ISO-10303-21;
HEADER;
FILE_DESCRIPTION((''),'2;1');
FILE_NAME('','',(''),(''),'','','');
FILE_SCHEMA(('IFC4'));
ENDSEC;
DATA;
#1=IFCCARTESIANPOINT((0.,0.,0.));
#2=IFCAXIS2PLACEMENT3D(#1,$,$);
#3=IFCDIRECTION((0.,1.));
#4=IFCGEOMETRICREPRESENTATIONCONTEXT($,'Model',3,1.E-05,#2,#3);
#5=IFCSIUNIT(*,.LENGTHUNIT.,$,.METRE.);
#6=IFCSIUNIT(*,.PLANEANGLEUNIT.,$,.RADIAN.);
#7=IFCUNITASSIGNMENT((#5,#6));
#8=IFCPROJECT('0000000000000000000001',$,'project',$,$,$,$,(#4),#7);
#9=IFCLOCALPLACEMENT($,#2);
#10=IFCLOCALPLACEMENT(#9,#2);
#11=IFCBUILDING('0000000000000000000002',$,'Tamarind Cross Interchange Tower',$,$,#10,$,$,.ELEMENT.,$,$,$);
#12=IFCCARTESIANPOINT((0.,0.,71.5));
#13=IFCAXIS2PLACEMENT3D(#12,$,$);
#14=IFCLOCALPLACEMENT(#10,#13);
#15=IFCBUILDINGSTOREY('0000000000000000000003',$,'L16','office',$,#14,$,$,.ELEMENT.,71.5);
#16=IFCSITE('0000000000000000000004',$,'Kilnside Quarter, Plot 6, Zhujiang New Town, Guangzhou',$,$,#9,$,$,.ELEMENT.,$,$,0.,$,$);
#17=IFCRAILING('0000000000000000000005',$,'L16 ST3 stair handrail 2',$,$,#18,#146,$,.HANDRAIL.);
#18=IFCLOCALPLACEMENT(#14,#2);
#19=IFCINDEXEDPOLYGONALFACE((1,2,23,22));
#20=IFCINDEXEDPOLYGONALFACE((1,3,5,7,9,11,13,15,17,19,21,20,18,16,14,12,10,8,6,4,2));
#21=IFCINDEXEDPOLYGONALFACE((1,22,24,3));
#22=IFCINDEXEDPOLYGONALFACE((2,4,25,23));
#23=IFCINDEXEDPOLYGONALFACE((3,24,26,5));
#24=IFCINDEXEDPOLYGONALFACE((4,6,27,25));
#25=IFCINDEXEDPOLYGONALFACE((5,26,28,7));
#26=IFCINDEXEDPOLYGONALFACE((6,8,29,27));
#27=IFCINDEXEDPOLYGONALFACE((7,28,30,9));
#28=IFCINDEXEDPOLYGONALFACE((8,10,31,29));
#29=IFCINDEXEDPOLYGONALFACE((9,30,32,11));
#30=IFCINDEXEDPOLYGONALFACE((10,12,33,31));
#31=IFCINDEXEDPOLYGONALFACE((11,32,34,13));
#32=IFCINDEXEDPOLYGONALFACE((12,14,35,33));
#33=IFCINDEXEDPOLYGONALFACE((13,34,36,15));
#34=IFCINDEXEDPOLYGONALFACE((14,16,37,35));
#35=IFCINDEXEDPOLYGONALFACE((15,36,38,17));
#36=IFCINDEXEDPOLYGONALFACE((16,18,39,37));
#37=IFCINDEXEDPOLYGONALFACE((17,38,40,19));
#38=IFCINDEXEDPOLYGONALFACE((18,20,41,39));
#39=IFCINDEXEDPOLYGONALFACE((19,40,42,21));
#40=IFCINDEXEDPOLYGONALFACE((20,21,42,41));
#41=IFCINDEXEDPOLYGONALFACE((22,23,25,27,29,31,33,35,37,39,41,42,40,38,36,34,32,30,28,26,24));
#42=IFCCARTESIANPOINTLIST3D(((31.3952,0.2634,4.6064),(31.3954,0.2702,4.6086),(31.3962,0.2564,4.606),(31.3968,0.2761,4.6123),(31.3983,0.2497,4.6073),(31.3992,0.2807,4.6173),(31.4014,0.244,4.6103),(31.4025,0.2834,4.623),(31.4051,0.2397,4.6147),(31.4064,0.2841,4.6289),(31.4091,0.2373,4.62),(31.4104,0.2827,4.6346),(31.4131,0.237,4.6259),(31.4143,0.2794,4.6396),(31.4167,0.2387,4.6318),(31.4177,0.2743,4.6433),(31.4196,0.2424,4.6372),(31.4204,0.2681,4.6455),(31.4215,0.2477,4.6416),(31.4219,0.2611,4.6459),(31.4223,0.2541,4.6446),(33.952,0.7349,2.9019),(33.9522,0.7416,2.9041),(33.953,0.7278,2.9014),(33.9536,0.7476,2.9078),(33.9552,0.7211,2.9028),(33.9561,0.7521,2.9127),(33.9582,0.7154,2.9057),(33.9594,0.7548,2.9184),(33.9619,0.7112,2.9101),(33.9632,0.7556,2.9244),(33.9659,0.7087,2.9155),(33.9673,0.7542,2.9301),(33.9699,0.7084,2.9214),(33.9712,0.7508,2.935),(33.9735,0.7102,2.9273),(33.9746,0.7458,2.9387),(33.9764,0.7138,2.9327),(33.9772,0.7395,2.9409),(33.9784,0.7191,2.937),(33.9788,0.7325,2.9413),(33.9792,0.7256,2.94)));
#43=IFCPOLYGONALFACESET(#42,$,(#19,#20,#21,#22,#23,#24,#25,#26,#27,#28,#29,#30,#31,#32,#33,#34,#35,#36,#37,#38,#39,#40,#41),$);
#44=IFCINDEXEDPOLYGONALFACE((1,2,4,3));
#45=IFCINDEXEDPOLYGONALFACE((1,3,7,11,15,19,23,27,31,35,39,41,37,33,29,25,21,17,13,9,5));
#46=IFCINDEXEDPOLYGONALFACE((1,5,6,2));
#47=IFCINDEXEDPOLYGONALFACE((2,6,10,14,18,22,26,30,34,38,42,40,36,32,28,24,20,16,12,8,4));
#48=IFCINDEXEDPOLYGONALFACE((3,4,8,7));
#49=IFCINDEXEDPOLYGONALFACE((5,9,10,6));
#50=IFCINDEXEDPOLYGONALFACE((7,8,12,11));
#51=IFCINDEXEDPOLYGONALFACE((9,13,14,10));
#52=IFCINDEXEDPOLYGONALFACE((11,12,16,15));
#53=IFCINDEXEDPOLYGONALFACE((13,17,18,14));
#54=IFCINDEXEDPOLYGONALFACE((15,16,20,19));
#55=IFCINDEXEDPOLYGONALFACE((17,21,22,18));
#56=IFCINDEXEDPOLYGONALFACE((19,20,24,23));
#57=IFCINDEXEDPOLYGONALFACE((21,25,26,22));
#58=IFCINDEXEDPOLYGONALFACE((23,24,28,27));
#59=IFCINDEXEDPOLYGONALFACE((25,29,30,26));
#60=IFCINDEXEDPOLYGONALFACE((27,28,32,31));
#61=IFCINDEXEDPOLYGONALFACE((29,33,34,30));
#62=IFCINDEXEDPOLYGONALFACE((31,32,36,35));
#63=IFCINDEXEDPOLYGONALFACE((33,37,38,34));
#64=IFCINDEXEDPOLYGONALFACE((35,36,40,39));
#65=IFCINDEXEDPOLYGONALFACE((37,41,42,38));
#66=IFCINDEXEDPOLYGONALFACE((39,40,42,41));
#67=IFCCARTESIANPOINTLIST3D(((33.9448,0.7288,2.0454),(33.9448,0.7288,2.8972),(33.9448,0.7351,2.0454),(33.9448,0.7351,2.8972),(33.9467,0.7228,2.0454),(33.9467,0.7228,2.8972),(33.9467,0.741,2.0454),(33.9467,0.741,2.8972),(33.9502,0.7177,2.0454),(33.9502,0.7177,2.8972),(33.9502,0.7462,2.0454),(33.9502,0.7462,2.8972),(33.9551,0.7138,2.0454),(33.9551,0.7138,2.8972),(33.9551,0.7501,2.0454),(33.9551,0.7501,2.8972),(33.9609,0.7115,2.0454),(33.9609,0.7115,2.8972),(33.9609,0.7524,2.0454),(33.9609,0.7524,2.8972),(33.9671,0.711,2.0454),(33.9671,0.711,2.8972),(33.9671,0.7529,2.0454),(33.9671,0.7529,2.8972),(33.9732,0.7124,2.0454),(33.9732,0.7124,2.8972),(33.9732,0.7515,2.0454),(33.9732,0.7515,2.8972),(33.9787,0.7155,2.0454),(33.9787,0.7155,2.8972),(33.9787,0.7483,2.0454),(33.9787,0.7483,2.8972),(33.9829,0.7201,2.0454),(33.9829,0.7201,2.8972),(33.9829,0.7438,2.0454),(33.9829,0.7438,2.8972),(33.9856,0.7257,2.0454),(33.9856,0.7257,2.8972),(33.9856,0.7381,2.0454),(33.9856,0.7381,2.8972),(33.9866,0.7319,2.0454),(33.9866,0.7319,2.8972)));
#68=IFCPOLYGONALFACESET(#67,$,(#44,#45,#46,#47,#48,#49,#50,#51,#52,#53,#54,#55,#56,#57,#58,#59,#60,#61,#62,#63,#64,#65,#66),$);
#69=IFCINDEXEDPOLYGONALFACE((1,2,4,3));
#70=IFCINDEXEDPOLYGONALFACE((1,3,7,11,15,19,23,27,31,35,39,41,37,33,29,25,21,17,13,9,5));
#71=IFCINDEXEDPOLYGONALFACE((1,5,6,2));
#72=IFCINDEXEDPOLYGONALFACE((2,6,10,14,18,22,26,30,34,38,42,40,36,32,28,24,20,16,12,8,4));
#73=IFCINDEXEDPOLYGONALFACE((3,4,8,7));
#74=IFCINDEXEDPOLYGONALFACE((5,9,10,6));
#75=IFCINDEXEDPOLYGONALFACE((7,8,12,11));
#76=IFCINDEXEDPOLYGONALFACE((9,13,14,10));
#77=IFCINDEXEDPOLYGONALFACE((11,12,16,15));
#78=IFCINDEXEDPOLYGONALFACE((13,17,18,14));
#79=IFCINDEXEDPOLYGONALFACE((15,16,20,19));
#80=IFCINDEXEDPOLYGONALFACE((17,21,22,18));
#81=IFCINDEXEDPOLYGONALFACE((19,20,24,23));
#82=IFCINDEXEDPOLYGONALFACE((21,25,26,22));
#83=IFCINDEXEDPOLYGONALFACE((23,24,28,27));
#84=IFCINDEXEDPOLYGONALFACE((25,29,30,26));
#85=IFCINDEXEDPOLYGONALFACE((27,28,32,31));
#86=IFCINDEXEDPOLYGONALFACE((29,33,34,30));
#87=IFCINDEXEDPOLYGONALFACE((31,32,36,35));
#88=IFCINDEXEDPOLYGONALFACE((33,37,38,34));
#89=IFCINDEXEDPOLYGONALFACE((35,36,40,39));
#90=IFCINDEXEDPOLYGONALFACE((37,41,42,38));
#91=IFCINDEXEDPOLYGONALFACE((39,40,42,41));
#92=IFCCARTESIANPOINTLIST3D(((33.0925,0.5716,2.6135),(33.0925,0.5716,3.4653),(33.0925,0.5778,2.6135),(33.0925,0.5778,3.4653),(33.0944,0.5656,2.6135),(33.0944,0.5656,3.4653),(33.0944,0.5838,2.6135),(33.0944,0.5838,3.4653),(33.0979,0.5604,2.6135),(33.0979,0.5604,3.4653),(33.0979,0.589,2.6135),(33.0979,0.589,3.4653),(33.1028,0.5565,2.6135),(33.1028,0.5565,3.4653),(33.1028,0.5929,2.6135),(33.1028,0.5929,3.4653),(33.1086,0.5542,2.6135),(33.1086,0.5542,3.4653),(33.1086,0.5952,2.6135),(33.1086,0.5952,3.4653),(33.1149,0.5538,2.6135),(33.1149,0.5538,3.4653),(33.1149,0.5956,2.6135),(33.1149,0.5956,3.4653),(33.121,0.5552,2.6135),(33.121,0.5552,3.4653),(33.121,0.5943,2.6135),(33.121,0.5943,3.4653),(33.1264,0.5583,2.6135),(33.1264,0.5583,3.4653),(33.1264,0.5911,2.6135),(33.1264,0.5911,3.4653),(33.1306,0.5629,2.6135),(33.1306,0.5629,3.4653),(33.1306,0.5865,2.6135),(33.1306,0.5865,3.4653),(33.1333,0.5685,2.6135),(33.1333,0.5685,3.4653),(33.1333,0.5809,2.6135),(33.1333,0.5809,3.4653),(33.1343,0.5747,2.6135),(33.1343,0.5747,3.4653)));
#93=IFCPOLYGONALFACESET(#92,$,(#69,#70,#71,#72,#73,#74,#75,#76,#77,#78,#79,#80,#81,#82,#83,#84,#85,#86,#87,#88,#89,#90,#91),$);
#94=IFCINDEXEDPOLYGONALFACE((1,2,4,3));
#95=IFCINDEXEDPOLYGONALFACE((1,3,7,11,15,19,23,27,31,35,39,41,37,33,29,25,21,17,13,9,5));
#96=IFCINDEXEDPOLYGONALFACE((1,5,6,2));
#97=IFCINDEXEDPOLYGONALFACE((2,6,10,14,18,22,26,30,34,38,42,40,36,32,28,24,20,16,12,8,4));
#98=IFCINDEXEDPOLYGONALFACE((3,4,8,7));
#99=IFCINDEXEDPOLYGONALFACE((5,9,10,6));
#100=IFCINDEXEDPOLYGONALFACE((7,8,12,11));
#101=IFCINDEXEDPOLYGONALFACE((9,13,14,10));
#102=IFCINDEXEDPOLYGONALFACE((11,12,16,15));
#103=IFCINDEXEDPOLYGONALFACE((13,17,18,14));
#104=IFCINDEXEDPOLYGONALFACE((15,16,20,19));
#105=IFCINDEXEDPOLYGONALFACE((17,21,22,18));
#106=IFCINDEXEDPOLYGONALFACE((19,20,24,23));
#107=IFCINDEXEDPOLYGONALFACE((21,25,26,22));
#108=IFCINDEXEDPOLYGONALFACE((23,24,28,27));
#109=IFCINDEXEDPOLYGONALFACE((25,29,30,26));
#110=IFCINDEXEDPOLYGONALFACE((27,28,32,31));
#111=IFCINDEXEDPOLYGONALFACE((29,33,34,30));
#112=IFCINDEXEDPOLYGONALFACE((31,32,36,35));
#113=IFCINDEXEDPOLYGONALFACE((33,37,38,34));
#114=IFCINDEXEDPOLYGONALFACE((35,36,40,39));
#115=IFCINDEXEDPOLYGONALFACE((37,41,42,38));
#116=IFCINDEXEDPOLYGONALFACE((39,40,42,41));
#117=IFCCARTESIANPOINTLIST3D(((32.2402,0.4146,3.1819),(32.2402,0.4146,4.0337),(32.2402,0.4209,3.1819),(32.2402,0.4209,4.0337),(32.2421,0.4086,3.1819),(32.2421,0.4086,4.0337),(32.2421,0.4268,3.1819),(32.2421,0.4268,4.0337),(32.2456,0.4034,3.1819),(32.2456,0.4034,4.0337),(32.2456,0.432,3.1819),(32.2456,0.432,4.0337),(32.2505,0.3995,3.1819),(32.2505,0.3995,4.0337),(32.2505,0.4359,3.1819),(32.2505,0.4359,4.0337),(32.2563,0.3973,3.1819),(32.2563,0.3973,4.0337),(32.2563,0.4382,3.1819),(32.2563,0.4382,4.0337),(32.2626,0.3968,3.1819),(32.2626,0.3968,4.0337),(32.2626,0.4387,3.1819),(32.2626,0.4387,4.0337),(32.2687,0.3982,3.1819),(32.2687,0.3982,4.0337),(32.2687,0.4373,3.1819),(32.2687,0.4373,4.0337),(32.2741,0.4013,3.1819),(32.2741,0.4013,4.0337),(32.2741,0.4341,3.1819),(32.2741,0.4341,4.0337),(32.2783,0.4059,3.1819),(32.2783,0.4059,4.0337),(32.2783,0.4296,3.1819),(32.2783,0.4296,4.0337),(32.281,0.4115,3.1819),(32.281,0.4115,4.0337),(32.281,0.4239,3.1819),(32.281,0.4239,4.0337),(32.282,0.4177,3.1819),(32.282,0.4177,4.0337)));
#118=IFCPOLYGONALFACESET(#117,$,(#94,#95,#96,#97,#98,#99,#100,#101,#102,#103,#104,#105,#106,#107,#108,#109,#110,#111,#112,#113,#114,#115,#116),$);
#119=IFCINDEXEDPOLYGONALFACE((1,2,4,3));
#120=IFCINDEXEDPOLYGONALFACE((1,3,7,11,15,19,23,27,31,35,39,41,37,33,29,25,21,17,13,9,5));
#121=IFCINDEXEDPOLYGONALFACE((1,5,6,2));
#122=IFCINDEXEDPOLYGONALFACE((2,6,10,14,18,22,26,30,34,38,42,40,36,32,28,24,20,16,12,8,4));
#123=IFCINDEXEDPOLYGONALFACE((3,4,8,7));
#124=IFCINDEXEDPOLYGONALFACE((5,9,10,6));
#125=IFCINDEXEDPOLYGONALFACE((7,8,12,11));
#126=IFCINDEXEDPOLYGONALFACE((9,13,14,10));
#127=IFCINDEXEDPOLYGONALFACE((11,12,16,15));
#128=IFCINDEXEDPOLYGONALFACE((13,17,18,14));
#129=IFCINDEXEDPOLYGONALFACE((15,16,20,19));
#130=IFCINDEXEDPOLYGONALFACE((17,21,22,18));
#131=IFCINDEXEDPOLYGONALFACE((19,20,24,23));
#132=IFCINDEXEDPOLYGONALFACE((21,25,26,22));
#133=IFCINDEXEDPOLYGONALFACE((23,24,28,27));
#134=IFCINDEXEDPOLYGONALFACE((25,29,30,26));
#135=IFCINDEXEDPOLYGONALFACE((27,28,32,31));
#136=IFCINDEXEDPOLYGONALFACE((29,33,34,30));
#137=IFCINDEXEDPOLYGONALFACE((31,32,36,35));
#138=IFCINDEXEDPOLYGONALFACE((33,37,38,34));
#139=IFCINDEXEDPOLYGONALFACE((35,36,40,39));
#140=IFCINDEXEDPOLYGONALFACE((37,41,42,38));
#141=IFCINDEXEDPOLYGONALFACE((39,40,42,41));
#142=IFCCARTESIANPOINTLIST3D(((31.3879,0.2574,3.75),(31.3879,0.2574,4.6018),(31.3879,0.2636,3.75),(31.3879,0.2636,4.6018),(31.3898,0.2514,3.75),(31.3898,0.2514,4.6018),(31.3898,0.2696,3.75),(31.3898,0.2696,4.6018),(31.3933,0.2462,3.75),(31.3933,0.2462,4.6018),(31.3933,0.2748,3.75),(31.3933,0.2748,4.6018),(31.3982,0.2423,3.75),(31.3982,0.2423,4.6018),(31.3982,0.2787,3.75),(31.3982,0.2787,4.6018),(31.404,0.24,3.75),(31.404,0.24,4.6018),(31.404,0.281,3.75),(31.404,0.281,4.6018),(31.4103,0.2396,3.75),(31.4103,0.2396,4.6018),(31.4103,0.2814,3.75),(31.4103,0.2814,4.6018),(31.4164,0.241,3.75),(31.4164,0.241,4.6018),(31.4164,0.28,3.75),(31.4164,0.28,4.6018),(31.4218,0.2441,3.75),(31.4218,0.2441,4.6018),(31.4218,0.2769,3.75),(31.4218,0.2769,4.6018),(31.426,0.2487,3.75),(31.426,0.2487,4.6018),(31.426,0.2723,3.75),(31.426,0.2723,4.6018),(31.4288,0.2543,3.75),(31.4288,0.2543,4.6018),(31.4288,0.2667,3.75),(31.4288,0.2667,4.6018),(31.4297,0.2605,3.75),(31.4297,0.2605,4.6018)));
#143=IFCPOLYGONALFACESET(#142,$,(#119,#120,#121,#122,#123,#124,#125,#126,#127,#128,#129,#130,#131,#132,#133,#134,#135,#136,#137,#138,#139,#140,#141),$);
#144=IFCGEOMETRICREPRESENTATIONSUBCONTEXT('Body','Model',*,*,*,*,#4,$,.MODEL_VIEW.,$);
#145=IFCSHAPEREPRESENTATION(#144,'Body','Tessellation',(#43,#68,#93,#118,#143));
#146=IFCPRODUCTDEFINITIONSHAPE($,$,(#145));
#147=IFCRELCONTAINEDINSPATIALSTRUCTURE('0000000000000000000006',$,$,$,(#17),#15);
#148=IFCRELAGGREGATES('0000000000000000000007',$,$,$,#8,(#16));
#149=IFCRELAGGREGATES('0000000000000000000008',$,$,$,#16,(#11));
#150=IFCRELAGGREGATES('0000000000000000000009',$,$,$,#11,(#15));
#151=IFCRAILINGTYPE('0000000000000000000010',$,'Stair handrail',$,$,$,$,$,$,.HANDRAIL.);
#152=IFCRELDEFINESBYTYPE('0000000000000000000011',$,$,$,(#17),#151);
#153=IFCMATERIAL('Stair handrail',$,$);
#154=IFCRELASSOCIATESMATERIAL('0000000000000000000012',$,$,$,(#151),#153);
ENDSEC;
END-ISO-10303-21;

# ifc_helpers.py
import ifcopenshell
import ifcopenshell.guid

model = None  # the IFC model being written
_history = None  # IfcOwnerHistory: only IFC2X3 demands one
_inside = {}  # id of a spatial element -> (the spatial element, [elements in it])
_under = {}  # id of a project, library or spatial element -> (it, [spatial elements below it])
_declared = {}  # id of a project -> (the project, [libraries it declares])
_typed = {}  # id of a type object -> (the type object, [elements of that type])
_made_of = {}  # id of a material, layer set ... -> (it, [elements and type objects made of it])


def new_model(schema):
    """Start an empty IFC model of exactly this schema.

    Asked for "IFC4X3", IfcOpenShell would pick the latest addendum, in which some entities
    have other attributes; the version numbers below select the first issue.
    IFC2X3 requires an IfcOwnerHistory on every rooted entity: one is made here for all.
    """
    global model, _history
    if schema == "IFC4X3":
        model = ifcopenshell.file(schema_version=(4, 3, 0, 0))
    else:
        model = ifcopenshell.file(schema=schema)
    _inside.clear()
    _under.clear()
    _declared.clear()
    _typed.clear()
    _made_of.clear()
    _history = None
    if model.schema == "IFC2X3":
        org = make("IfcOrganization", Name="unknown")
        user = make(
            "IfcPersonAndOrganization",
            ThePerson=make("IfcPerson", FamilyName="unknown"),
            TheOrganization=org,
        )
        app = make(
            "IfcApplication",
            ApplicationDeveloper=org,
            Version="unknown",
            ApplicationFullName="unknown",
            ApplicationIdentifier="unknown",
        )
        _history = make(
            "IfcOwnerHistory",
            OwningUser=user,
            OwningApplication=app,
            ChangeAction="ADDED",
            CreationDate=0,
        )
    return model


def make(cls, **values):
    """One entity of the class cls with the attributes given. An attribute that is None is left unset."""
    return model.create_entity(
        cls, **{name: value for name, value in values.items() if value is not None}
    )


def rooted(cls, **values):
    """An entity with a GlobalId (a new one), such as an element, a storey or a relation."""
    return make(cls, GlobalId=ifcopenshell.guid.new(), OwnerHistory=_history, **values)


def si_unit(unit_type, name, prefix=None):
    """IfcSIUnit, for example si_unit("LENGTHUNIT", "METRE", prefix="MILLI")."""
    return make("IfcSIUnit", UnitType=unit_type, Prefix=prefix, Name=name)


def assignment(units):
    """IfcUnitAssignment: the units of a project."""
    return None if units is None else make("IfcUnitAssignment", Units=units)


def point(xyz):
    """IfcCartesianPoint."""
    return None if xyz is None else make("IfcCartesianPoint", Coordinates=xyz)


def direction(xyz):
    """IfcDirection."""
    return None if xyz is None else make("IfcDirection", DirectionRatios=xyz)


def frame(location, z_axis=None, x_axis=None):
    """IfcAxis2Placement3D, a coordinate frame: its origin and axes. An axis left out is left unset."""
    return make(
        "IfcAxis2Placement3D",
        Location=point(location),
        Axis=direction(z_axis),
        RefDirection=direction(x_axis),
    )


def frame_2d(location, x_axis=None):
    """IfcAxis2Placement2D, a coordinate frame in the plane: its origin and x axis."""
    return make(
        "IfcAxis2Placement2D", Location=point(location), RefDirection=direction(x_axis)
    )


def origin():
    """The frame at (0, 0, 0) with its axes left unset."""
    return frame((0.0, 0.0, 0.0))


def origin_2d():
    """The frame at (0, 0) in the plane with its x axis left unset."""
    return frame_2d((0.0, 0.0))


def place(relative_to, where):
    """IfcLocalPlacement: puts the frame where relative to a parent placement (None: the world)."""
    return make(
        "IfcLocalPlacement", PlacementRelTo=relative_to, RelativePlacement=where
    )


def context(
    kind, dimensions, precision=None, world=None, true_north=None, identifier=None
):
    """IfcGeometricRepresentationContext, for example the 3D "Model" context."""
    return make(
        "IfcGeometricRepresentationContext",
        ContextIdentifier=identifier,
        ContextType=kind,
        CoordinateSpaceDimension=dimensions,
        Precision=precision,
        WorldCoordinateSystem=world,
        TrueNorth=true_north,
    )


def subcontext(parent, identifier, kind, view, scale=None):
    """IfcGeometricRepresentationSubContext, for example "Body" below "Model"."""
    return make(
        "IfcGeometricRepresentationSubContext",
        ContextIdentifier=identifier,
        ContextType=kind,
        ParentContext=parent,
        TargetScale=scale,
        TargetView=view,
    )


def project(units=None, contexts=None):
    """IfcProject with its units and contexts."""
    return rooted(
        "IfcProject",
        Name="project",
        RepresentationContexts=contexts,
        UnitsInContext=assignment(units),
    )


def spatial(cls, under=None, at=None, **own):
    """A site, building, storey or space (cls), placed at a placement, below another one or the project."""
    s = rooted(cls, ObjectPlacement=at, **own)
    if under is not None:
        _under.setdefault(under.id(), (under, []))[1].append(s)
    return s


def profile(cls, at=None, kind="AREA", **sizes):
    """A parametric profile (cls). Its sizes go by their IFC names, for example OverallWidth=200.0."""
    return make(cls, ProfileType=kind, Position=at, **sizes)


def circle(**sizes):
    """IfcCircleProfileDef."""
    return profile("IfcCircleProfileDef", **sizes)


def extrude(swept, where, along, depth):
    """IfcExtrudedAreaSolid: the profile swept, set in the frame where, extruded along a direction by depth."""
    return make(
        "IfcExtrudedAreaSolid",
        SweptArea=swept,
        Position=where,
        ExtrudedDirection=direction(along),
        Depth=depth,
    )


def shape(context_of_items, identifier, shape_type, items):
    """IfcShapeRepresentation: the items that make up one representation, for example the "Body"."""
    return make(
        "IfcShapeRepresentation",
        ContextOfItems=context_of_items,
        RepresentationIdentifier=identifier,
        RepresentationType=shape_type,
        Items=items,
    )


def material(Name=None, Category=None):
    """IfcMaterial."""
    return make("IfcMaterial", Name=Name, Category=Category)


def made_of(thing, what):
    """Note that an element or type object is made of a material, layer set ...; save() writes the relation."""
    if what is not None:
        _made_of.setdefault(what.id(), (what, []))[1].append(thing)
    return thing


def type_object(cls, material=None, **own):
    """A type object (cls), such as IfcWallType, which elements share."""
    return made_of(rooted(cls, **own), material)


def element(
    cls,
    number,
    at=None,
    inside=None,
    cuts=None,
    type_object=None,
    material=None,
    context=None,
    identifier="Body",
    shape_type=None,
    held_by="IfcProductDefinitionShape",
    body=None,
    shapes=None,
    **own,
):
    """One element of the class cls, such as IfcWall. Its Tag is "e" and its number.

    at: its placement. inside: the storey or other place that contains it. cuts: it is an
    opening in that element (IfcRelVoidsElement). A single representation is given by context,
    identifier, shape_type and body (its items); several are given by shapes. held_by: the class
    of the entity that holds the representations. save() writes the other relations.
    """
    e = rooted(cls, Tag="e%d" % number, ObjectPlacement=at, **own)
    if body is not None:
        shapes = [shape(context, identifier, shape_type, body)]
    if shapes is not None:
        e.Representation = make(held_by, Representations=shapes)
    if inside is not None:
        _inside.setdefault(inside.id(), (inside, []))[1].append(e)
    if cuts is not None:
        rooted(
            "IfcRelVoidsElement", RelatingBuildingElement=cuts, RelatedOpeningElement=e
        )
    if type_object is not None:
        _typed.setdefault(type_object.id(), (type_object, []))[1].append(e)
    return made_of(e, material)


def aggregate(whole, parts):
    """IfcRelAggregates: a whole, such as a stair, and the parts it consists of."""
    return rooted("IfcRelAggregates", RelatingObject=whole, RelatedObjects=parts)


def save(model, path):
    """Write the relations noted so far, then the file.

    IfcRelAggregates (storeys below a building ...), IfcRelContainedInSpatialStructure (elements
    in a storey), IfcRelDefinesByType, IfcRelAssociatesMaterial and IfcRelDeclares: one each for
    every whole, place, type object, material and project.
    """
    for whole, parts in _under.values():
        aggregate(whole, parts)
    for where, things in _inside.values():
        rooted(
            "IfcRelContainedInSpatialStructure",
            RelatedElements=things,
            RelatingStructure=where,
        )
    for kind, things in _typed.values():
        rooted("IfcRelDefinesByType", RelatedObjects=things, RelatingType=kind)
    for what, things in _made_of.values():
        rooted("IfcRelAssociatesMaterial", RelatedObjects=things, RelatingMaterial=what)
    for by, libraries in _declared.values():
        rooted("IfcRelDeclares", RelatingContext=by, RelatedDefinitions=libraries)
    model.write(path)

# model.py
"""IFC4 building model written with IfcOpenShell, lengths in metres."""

from ifc_helpers import new_model, si_unit, direction, frame, origin, origin_2d, place, context, subcontext, project, spatial, circle, extrude, material, type_object, element, save


model = new_model("IFC4")

# Units and contexts
model_context = context("Model", 3, precision=1e-05, world=origin(), true_north=direction((0.0, 1.0)))
body_context = subcontext(model_context, "Body", "Model", "MODEL_VIEW")
ifc_project = project(units=[si_unit("LENGTHUNIT", "METRE"), si_unit("PLANEANGLEUNIT", "RADIAN")], contexts=[model_context])

# Site, building, storey
site_placement = place(None, origin())
site = spatial("IfcSite", under=ifc_project, at=site_placement, Name="Kilnside Quarter, Plot 6, Zhujiang New Town, Guangzhou", CompositionType="ELEMENT", RefElevation=0.0)
building_placement = place(site_placement, origin())
building = spatial("IfcBuilding", under=site, at=building_placement, Name="Tamarind Cross Interchange Tower", CompositionType="ELEMENT")
storey_placement = place(building_placement, frame((0.0, 0.0, 71.5)))
storey = spatial("IfcBuildingStorey", under=building, at=storey_placement, Name="L16", Description="office", CompositionType="ELEMENT", Elevation=71.5)

# Railing
ifc_material_1 = material(Name="Stair handrail")
railing_type = type_object("IfcRailingType", Name="Stair handrail", PredefinedType="HANDRAIL", material=ifc_material_1)
railing_placement = place(storey_placement, frame((33.9656, 0.7319, 2.0454)))
element("IfcRailing", 1, at=railing_placement, inside=storey, type_object=railing_type, Name="L16 ST3 stair handrail 2", PredefinedType="HANDRAIL", context=body_context, shape_type="SweptSolid", body=[
    extrude(circle(Radius=0.0239, at=origin_2d()), frame((0.0, 0.0, 0.876), z_axis=(-0.822428, -0.151638, 0.548286), x_axis=(0.181323, -0.983424, 0.0)), (0.0, 0.0, 1.0), 3.1089),
    extrude(circle(Radius=0.021, at=origin_2d()), origin(), (0.0, 0.0, 1.0), 0.8518),
    extrude(circle(Radius=0.021, at=origin_2d()), frame((-0.8523, -0.1572, 0.5681)), (0.0, 0.0, 1.0), 0.8518),
    extrude(circle(Radius=0.021, at=origin_2d()), frame((-1.7046, -0.3142, 1.1365)), (0.0, 0.0, 1.0), 0.8518),
    extrude(circle(Radius=0.021, at=origin_2d()), frame((-2.5569, -0.4714, 1.7046)), (0.0, 0.0, 1.0), 0.8518),
])

save(model, "model.ifc")
